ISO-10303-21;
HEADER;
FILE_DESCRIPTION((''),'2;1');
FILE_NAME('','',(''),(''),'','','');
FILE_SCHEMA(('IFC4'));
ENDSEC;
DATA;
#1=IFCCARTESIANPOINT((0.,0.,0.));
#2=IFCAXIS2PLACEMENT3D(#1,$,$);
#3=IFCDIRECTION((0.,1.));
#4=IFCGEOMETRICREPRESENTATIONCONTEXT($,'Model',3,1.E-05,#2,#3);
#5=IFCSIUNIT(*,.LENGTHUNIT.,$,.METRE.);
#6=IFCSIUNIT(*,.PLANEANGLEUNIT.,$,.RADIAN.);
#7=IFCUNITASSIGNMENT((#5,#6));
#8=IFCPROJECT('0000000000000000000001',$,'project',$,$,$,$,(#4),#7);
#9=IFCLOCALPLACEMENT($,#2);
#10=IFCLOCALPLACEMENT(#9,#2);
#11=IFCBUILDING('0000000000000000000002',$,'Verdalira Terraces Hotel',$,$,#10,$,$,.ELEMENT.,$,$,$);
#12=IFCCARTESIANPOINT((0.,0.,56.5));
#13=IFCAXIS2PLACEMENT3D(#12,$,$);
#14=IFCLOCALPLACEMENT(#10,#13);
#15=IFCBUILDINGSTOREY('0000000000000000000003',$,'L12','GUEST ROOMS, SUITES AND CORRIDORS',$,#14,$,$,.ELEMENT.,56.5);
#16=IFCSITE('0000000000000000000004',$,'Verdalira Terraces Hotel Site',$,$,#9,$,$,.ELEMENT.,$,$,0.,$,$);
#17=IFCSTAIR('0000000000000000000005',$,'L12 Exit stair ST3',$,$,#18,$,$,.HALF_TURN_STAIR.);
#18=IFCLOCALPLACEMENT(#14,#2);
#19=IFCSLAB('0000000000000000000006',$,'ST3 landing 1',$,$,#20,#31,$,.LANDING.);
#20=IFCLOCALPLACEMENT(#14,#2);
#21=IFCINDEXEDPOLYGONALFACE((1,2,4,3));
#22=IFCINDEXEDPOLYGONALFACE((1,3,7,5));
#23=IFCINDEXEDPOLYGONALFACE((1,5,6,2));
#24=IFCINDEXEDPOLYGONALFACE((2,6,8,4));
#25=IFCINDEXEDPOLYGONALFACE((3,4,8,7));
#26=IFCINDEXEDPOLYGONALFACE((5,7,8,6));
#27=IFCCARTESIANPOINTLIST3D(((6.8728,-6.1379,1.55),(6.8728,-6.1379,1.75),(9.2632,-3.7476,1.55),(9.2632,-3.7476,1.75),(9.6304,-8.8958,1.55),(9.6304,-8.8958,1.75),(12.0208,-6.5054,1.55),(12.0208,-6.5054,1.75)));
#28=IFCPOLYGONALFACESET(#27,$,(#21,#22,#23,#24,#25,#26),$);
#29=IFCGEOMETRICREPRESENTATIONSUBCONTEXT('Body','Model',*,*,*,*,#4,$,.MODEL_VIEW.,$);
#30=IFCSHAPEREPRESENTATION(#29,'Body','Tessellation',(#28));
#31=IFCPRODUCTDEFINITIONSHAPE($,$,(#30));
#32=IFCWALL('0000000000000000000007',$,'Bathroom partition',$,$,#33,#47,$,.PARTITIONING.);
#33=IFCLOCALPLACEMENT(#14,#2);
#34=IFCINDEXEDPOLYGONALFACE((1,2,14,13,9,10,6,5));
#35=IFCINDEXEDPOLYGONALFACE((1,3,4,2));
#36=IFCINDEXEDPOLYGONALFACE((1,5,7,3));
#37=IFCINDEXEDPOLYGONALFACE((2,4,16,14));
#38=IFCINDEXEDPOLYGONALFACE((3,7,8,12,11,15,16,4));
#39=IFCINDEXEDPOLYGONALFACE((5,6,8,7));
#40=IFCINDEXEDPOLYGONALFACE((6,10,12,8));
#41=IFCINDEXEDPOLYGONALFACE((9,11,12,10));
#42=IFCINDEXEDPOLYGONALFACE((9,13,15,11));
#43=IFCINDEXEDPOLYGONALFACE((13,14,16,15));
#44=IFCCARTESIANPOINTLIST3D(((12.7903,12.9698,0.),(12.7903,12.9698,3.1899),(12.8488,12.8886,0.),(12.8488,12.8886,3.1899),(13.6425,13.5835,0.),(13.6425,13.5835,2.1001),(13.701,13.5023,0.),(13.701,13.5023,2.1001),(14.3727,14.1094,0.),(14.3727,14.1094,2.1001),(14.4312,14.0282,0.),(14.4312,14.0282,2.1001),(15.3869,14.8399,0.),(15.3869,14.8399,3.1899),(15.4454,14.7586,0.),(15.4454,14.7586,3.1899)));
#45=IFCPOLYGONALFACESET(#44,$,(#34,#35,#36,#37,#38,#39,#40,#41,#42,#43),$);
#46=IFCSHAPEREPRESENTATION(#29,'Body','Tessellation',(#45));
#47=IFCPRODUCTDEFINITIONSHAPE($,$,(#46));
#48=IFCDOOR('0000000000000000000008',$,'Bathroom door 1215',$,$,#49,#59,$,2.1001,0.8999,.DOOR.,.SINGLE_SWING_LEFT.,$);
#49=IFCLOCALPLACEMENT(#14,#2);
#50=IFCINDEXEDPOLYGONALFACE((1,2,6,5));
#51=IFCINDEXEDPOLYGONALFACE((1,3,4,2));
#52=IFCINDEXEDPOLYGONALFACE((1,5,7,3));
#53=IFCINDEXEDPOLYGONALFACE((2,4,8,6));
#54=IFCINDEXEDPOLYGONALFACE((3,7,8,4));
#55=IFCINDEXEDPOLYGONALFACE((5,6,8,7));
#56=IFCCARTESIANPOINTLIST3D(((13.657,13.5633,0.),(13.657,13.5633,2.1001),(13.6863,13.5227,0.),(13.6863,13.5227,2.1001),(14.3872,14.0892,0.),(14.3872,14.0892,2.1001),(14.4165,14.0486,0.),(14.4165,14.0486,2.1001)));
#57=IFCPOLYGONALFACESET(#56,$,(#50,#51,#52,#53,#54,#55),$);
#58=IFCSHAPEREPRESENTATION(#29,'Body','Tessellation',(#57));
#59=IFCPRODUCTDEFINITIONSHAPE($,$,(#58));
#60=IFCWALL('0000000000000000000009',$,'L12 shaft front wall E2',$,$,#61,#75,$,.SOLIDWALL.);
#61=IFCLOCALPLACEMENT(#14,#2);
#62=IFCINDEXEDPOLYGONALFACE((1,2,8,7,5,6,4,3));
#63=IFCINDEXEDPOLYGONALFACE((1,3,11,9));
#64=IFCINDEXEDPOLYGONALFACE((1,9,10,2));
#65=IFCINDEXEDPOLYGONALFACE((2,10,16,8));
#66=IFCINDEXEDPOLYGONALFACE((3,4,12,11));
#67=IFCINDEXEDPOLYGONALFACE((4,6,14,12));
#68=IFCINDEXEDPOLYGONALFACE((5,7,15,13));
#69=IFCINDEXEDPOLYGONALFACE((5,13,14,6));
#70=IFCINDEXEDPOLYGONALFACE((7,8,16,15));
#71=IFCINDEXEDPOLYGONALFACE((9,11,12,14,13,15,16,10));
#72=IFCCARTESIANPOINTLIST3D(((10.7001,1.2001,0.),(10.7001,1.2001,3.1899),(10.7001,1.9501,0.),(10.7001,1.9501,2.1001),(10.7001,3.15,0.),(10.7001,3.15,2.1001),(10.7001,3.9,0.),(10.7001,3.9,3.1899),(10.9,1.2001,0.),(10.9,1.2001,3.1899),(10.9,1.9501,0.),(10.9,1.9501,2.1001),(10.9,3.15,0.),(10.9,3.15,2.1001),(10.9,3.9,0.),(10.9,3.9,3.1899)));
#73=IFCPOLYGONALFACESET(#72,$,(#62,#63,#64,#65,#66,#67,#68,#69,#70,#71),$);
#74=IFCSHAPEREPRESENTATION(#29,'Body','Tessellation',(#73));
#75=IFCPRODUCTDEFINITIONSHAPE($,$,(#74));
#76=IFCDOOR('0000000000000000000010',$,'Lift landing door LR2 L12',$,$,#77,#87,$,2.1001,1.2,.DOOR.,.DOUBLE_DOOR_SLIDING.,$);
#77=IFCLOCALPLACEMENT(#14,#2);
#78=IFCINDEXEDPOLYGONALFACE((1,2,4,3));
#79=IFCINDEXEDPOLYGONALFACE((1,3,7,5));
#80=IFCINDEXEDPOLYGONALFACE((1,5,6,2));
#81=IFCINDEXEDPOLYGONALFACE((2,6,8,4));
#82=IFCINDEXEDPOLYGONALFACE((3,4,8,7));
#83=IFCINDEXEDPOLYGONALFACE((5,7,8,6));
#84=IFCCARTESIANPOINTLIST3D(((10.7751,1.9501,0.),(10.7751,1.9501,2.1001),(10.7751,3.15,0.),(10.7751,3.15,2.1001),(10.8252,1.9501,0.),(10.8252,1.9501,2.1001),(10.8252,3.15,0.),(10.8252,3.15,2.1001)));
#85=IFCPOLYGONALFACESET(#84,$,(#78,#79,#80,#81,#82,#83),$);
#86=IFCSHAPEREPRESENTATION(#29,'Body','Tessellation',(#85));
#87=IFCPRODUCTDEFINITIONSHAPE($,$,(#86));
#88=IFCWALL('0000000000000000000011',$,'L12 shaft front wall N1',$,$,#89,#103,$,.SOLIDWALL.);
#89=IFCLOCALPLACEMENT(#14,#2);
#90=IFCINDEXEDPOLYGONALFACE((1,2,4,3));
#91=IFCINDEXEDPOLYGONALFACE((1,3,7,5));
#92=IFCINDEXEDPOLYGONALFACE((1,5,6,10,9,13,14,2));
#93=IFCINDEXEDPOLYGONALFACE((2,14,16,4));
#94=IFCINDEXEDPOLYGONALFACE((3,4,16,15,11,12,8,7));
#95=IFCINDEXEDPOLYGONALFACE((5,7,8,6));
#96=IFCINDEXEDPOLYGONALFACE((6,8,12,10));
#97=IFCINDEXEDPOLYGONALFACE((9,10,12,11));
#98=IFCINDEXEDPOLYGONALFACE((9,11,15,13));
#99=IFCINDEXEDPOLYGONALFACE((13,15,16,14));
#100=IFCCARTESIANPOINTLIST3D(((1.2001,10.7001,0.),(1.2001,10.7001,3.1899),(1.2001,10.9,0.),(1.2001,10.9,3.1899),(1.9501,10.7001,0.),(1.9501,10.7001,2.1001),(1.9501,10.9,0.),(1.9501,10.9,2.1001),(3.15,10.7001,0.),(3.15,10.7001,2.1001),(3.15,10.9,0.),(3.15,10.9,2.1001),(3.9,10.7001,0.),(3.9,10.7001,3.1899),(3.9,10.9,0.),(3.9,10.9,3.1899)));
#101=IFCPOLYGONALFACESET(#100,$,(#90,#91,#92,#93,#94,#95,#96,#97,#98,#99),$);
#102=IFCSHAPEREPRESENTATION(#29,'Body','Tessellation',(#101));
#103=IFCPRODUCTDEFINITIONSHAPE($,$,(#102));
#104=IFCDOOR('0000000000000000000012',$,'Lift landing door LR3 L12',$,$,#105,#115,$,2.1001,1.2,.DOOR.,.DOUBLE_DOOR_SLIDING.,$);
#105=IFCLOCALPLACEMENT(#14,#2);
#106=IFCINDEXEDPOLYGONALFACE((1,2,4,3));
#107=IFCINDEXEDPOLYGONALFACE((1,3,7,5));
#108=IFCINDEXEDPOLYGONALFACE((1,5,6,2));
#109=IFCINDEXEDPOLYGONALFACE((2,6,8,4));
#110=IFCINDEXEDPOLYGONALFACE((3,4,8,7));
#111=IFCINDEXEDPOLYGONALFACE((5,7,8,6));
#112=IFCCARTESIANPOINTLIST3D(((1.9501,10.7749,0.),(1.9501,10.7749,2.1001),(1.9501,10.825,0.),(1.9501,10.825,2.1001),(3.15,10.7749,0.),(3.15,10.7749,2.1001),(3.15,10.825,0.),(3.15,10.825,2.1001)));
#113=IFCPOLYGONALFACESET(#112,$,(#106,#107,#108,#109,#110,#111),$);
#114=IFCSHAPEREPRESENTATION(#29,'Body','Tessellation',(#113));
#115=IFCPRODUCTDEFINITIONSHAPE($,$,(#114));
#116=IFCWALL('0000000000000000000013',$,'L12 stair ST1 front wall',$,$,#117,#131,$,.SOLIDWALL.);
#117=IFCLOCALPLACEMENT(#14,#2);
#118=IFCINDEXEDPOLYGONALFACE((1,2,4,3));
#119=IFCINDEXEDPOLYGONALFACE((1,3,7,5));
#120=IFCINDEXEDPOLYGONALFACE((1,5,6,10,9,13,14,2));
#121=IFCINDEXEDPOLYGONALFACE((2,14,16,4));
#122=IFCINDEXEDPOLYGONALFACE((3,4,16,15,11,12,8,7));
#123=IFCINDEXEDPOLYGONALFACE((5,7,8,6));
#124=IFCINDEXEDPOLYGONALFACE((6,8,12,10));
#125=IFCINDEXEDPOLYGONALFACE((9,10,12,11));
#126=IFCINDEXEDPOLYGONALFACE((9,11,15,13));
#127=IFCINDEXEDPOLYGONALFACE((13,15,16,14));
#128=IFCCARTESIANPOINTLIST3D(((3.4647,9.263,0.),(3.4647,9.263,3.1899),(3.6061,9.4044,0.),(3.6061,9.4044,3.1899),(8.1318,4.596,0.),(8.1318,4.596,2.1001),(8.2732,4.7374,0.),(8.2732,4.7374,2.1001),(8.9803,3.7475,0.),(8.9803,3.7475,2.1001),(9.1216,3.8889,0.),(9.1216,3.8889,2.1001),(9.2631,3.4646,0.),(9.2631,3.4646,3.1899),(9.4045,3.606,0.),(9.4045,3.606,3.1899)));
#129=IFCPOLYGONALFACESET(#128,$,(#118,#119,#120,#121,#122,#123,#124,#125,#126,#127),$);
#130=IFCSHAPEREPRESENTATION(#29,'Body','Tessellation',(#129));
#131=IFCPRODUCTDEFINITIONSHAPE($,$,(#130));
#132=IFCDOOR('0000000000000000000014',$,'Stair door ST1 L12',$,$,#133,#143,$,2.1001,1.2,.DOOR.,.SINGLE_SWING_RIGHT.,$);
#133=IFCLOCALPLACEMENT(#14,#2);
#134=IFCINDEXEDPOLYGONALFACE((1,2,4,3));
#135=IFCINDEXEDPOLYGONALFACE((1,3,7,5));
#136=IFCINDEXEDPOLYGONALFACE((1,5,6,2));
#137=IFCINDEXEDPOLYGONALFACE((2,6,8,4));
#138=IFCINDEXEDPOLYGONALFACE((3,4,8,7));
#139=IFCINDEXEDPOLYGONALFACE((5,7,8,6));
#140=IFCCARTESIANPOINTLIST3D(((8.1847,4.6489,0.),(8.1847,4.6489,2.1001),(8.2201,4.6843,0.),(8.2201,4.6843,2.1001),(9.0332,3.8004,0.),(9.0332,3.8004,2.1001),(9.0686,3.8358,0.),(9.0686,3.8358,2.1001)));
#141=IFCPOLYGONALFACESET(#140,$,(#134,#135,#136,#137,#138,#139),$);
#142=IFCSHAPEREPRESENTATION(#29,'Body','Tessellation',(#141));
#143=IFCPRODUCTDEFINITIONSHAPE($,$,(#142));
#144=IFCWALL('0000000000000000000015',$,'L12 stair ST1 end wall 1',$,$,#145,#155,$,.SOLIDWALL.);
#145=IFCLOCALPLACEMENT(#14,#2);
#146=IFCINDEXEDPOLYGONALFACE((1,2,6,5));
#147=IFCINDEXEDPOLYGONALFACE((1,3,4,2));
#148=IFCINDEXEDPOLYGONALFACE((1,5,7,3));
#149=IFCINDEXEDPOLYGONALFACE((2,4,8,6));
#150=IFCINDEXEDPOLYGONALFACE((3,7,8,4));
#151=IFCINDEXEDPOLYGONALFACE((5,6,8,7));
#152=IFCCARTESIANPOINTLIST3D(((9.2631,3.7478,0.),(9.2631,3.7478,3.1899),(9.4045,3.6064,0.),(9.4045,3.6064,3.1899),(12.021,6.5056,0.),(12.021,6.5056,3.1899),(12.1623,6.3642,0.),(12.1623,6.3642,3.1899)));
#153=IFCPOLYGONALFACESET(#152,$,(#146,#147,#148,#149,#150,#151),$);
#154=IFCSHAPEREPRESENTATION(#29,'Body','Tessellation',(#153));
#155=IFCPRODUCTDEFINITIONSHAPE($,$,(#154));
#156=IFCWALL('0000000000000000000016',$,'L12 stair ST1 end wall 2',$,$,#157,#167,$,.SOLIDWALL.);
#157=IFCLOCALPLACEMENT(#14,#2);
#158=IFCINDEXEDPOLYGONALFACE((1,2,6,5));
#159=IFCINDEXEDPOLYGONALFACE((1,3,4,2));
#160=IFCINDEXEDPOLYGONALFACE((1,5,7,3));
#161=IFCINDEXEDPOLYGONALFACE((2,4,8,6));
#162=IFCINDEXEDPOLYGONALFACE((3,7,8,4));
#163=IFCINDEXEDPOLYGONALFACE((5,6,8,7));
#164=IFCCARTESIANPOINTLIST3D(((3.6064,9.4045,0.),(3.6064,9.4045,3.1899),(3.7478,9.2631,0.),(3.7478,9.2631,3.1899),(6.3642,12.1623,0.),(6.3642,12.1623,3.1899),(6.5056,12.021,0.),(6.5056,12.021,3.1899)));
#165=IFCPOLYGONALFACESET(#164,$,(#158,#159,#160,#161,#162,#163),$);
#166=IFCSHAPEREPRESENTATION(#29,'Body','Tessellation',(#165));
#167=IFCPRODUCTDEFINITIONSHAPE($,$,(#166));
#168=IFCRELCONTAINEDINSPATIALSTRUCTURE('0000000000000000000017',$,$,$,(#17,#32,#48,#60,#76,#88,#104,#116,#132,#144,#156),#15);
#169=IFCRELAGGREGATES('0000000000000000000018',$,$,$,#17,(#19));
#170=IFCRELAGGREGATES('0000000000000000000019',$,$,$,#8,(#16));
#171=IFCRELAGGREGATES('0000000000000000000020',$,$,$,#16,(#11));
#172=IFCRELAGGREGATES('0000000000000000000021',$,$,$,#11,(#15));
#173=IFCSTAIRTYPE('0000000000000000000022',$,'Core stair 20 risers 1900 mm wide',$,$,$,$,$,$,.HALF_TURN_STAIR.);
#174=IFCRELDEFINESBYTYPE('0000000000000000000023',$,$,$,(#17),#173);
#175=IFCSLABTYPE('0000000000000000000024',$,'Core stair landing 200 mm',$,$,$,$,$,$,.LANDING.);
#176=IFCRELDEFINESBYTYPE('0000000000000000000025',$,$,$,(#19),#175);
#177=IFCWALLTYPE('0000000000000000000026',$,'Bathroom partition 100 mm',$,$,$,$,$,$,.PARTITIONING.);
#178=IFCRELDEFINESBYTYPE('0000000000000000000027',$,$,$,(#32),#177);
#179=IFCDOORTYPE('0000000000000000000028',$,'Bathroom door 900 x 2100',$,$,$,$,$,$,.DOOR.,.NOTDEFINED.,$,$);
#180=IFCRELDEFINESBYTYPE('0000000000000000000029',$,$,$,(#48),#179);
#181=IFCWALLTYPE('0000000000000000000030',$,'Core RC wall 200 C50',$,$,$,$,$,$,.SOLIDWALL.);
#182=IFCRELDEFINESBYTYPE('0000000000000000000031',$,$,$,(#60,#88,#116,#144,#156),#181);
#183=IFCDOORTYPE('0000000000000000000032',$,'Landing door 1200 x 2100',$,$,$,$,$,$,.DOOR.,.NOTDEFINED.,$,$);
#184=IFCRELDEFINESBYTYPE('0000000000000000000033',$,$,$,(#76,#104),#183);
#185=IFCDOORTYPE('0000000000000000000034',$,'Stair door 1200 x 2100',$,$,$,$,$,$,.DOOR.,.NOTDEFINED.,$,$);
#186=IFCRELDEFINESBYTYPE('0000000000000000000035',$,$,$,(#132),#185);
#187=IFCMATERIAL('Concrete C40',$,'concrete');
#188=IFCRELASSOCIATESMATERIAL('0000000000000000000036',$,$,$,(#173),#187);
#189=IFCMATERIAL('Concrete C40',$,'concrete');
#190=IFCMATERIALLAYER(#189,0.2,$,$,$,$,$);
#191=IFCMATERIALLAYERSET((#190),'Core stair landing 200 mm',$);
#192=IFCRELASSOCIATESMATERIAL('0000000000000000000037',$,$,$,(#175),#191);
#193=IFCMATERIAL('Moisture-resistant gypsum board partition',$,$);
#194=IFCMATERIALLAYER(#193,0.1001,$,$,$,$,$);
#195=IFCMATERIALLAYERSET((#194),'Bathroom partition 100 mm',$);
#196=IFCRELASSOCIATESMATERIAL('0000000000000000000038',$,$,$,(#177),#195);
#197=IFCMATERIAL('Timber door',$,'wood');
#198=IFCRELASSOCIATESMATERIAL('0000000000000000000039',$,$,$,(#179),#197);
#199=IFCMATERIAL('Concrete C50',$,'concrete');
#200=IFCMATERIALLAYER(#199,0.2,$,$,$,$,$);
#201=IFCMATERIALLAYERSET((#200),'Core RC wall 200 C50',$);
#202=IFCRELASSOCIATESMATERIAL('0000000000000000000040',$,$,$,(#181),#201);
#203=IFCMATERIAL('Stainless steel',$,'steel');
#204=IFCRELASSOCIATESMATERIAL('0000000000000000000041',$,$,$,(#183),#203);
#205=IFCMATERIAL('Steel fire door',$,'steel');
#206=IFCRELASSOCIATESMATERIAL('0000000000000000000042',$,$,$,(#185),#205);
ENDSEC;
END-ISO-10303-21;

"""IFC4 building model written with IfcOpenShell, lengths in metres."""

from ifc_helpers import new_model, si_unit, direction, frame, frame_2d, origin, place, context, subcontext, project, spatial, polyline, rectangle, outline, extrude, material, layer, layer_set, type_object, element, fill, aggregate, save


model = new_model("IFC4")

# Units and contexts
model_context = context("Model", 3, precision=1e-05, world=origin(), true_north=direction((0.0, 1.0)))
body_context = subcontext(model_context, "Body", "Model", "MODEL_VIEW")
ifc_project = project(units=[si_unit("LENGTHUNIT", "METRE"), si_unit("PLANEANGLEUNIT", "RADIAN")], contexts=[model_context])

# Site, building, storey
site_placement = place(None, origin())
site = spatial("IfcSite", under=ifc_project, at=site_placement, Name="Verdalira Terraces Hotel Site", CompositionType="ELEMENT", RefElevation=0.0)
building_placement = place(site_placement, origin())
building = spatial("IfcBuilding", under=site, at=building_placement, Name="Verdalira Terraces Hotel", CompositionType="ELEMENT")
storey_placement = place(building_placement, frame((0.0, 0.0, 56.5)))
storey = spatial("IfcBuildingStorey", under=building, at=storey_placement, Name="L12", Description="GUEST ROOMS, SUITES AND CORRIDORS", CompositionType="ELEMENT", Elevation=56.5)

# Stair, slab
ifc_material_1 = material(Name="Concrete C40", Category="concrete")
stair_type = type_object("IfcStairType", Name="Core stair 20 risers 1900 mm wide", PredefinedType="HALF_TURN_STAIR", material=ifc_material_1)
stair_placement = place(storey_placement, origin())
stair = element("IfcStair", 1, at=stair_placement, inside=storey, type_object=stair_type, Name="L12 Exit stair ST3", PredefinedType="HALF_TURN_STAIR")
ifc_material_2 = material(Name="Concrete C40", Category="concrete")
ifc_layer_1 = layer(ifc_material_2, 0.2)
ifc_layer_set_1 = layer_set([ifc_layer_1], Name="Core stair landing 200 mm")
slab_type = type_object("IfcSlabType", Name="Core stair landing 200 mm", PredefinedType="LANDING", material=ifc_layer_set_1)
slab_placement = place(storey_placement, frame((0.0, 0.0, 1.55)))
slab = element("IfcSlab", 2, at=slab_placement, type_object=slab_type, Name="ST3 landing 1", PredefinedType="LANDING", context=body_context, shape_type="SweptSolid", body=[
    extrude(outline(polyline([(9.6304, -8.8958), (12.0208, -6.5054), (9.2632, -3.7476), (6.8728, -6.1379), (9.6304, -8.8958)])), origin(), (0.0, 0.0, 1.0), 0.2),
])
aggregate(stair, [slab])

# Walls, openings, doors
ifc_material_3 = material(Name="Moisture-resistant gypsum board partition")
ifc_layer_2 = layer(ifc_material_3, 0.1001)
ifc_layer_set_2 = layer_set([ifc_layer_2], Name="Bathroom partition 100 mm")
wall_type_1 = type_object("IfcWallType", Name="Bathroom partition 100 mm", PredefinedType="PARTITIONING", material=ifc_layer_set_2)
wall_1_placement = place(storey_placement, frame((15.4163, 14.7993, 0.0), z_axis=(0.0, 0.0, 1.0), x_axis=(-0.811459, -0.584409, 0.0)))
wall_1 = element("IfcWall", 3, at=wall_1_placement, inside=storey, type_object=wall_type_1, Name="Bathroom partition", PredefinedType="PARTITIONING", context=body_context, shape_type="SweptSolid", body=[
    extrude(rectangle(XDim=3.2, YDim=0.1001, at=frame_2d((1.6001, 0.0))), origin(), (0.0, 0.0, 1.0), 3.1899),
])
opening_1_placement = place(wall_1_placement, frame((1.25, 0.0, 0.0)))
opening_1 = element("IfcOpeningElement", 4, at=opening_1_placement, cuts=wall_1, PredefinedType="OPENING", context=body_context, shape_type="SweptSolid", body=[
    extrude(rectangle(XDim=0.8999, YDim=2.1001, at=frame_2d((0.45, 1.05))), frame((0.0, 0.0601, 0.0), z_axis=(0.0, -1.0, 0.0), x_axis=(1.0, 0.0, 0.0)), (0.0, 0.0, 1.0), 0.1201),
])
ifc_material_4 = material(Name="Timber door", Category="wood")
door_type_1 = type_object("IfcDoorType", Name="Bathroom door 900 x 2100", OperationType="NOTDEFINED", PredefinedType="DOOR", material=ifc_material_4)
door_1_placement = place(opening_1_placement, origin())
door_1 = element("IfcDoor", 5, at=door_1_placement, inside=storey, type_object=door_type_1, Name="Bathroom door 1215", OperationType="SINGLE_SWING_LEFT", OverallHeight=2.1001, OverallWidth=0.8999, PredefinedType="DOOR", context=body_context, shape_type="SweptSolid", body=[
    extrude(rectangle(XDim=0.8999, YDim=2.1001, at=frame_2d((0.45, 1.05))), frame((0.0, 0.0249, 0.0), z_axis=(0.0, -1.0, 0.0), x_axis=(1.0, 0.0, 0.0)), (0.0, 0.0, 1.0), 0.05),
])
fill(opening_1, door_1)
ifc_material_5 = material(Name="Concrete C50", Category="concrete")
ifc_layer_3 = layer(ifc_material_5, 0.2)
ifc_layer_set_3 = layer_set([ifc_layer_3], Name="Core RC wall 200 C50")
wall_type_2 = type_object("IfcWallType", Name="Core RC wall 200 C50", PredefinedType="SOLIDWALL", material=ifc_layer_set_3)
wall_2_placement = place(storey_placement, frame((10.8, 1.2, 0.0), z_axis=(0.0, 0.0, 1.0), x_axis=(0.0, 1.0, 0.0)))
wall_2 = element("IfcWall", 6, at=wall_2_placement, inside=storey, type_object=wall_type_2, Name="L12 shaft front wall E2", PredefinedType="SOLIDWALL", context=body_context, shape_type="SweptSolid", body=[
    extrude(rectangle(XDim=2.7, YDim=0.2, at=frame_2d((1.3501, 0.0))), origin(), (0.0, 0.0, 1.0), 3.1899),
])
opening_2_placement = place(wall_2_placement, frame((0.75, 0.0, 0.0)))
opening_2 = element("IfcOpeningElement", 7, at=opening_2_placement, cuts=wall_2, PredefinedType="OPENING", context=body_context, shape_type="SweptSolid", body=[
    extrude(rectangle(XDim=1.2, YDim=2.1001, at=frame_2d((0.6001, 1.05))), frame((0.0, 0.1099, 0.0), z_axis=(0.0, -1.0, 0.0), x_axis=(1.0, 0.0, 0.0)), (0.0, 0.0, 1.0), 0.22),
])
ifc_material_6 = material(Name="Stainless steel", Category="steel")
door_type_2 = type_object("IfcDoorType", Name="Landing door 1200 x 2100", OperationType="NOTDEFINED", PredefinedType="DOOR", material=ifc_material_6)
door_2_placement = place(opening_2_placement, origin())
door_2 = element("IfcDoor", 8, at=door_2_placement, inside=storey, type_object=door_type_2, Name="Lift landing door LR2 L12", OperationType="DOUBLE_DOOR_SLIDING", OverallHeight=2.1001, OverallWidth=1.2, PredefinedType="DOOR", context=body_context, shape_type="SweptSolid", body=[
    extrude(rectangle(XDim=1.2, YDim=2.1001, at=frame_2d((0.6001, 1.05))), frame((0.0, 0.0249, 0.0), z_axis=(0.0, -1.0, 0.0), x_axis=(1.0, 0.0, 0.0)), (0.0, 0.0, 1.0), 0.05),
])
fill(opening_2, door_2)
wall_3_placement = place(storey_placement, frame((1.2, 10.8, 0.0), z_axis=(0.0, 0.0, 1.0), x_axis=(1.0, 0.0, 0.0)))
wall_3 = element("IfcWall", 9, at=wall_3_placement, inside=storey, type_object=wall_type_2, Name="L12 shaft front wall N1", PredefinedType="SOLIDWALL", context=body_context, shape_type="SweptSolid", body=[
    extrude(rectangle(XDim=2.7, YDim=0.2, at=frame_2d((1.3501, 0.0))), origin(), (0.0, 0.0, 1.0), 3.1899),
])
opening_3_placement = place(wall_3_placement, frame((0.75, 0.0, 0.0)))
opening_3 = element("IfcOpeningElement", 10, at=opening_3_placement, cuts=wall_3, PredefinedType="OPENING", context=body_context, shape_type="SweptSolid", body=[
    extrude(rectangle(XDim=1.2, YDim=2.1001, at=frame_2d((0.6001, 1.05))), frame((0.0, 0.1099, 0.0), z_axis=(0.0, -1.0, 0.0), x_axis=(1.0, 0.0, 0.0)), (0.0, 0.0, 1.0), 0.22),
])
door_3_placement = place(opening_3_placement, origin())
door_3 = element("IfcDoor", 11, at=door_3_placement, inside=storey, type_object=door_type_2, Name="Lift landing door LR3 L12", OperationType="DOUBLE_DOOR_SLIDING", OverallHeight=2.1001, OverallWidth=1.2, PredefinedType="DOOR", context=body_context, shape_type="SweptSolid", body=[
    extrude(rectangle(XDim=1.2, YDim=2.1001, at=frame_2d((0.6001, 1.05))), frame((0.0, 0.0249, 0.0), z_axis=(0.0, -1.0, 0.0), x_axis=(1.0, 0.0, 0.0)), (0.0, 0.0, 1.0), 0.05),
])
fill(opening_3, door_3)
wall_4_placement = place(storey_placement, frame((3.5354, 9.3337, 0.0), z_axis=(0.0, 0.0, 1.0), x_axis=(0.707107, -0.707107, 0.0)))
wall_4 = element("IfcWall", 12, at=wall_4_placement, inside=storey, type_object=wall_type_2, Name="L12 stair ST1 front wall", PredefinedType="SOLIDWALL", context=body_context, shape_type="SweptSolid", body=[
    extrude(rectangle(XDim=8.2002, YDim=0.2, at=frame_2d((4.1001, 0.0))), origin(), (0.0, 0.0, 1.0), 3.1899),
])
opening_4_placement = place(wall_4_placement, frame((6.6001, 0.0, 0.0)))
opening_4 = element("IfcOpeningElement", 13, at=opening_4_placement, cuts=wall_4, PredefinedType="OPENING", context=body_context, shape_type="SweptSolid", body=[
    extrude(rectangle(XDim=1.2, YDim=2.1001, at=frame_2d((0.6001, 1.05))), frame((0.0, 0.1099, 0.0), z_axis=(0.0, -1.0, 0.0), x_axis=(1.0, 0.0, 0.0)), (0.0, 0.0, 1.0), 0.22),
])
ifc_material_7 = material(Name="Steel fire door", Category="steel")
door_type_3 = type_object("IfcDoorType", Name="Stair door 1200 x 2100", OperationType="NOTDEFINED", PredefinedType="DOOR", material=ifc_material_7)
door_4_placement = place(opening_4_placement, origin())
door_4 = element("IfcDoor", 14, at=door_4_placement, inside=storey, type_object=door_type_3, Name="Stair door ST1 L12", OperationType="SINGLE_SWING_RIGHT", OverallHeight=2.1001, OverallWidth=1.2, PredefinedType="DOOR", context=body_context, shape_type="SweptSolid", body=[
    extrude(rectangle(XDim=1.2, YDim=2.1001, at=frame_2d((0.6001, 1.05))), frame((0.0, 0.0249, 0.0), z_axis=(0.0, -1.0, 0.0), x_axis=(1.0, 0.0, 0.0)), (0.0, 0.0, 1.0), 0.05),
])
fill(opening_4, door_4)

# Walls
for number, where, z_axis, x_axis, name in (
    (15, (9.3337, 3.677, 0.0), (0.0, 0.0, 1.0), (0.707107, 0.707107, 0.0), "L12 stair ST1 end wall 1"),
    (16, (3.677, 9.3337, 0.0), (0.0, 0.0, 1.0), (0.707107, 0.707107, 0.0), "L12 stair ST1 end wall 2"),
):
    element("IfcWall", number, at=place(storey_placement, frame(where, z_axis=z_axis, x_axis=x_axis)), inside=storey, type_object=wall_type_2, Name=name, PredefinedType="SOLIDWALL", context=body_context, shape_type="SweptSolid", body=[
        extrude(rectangle(XDim=3.9001, YDim=0.2, at=frame_2d((1.9502, 0.0))), origin(), (0.0, 0.0, 1.0), 3.1899),
    ])

save(model, "model.ifc")
